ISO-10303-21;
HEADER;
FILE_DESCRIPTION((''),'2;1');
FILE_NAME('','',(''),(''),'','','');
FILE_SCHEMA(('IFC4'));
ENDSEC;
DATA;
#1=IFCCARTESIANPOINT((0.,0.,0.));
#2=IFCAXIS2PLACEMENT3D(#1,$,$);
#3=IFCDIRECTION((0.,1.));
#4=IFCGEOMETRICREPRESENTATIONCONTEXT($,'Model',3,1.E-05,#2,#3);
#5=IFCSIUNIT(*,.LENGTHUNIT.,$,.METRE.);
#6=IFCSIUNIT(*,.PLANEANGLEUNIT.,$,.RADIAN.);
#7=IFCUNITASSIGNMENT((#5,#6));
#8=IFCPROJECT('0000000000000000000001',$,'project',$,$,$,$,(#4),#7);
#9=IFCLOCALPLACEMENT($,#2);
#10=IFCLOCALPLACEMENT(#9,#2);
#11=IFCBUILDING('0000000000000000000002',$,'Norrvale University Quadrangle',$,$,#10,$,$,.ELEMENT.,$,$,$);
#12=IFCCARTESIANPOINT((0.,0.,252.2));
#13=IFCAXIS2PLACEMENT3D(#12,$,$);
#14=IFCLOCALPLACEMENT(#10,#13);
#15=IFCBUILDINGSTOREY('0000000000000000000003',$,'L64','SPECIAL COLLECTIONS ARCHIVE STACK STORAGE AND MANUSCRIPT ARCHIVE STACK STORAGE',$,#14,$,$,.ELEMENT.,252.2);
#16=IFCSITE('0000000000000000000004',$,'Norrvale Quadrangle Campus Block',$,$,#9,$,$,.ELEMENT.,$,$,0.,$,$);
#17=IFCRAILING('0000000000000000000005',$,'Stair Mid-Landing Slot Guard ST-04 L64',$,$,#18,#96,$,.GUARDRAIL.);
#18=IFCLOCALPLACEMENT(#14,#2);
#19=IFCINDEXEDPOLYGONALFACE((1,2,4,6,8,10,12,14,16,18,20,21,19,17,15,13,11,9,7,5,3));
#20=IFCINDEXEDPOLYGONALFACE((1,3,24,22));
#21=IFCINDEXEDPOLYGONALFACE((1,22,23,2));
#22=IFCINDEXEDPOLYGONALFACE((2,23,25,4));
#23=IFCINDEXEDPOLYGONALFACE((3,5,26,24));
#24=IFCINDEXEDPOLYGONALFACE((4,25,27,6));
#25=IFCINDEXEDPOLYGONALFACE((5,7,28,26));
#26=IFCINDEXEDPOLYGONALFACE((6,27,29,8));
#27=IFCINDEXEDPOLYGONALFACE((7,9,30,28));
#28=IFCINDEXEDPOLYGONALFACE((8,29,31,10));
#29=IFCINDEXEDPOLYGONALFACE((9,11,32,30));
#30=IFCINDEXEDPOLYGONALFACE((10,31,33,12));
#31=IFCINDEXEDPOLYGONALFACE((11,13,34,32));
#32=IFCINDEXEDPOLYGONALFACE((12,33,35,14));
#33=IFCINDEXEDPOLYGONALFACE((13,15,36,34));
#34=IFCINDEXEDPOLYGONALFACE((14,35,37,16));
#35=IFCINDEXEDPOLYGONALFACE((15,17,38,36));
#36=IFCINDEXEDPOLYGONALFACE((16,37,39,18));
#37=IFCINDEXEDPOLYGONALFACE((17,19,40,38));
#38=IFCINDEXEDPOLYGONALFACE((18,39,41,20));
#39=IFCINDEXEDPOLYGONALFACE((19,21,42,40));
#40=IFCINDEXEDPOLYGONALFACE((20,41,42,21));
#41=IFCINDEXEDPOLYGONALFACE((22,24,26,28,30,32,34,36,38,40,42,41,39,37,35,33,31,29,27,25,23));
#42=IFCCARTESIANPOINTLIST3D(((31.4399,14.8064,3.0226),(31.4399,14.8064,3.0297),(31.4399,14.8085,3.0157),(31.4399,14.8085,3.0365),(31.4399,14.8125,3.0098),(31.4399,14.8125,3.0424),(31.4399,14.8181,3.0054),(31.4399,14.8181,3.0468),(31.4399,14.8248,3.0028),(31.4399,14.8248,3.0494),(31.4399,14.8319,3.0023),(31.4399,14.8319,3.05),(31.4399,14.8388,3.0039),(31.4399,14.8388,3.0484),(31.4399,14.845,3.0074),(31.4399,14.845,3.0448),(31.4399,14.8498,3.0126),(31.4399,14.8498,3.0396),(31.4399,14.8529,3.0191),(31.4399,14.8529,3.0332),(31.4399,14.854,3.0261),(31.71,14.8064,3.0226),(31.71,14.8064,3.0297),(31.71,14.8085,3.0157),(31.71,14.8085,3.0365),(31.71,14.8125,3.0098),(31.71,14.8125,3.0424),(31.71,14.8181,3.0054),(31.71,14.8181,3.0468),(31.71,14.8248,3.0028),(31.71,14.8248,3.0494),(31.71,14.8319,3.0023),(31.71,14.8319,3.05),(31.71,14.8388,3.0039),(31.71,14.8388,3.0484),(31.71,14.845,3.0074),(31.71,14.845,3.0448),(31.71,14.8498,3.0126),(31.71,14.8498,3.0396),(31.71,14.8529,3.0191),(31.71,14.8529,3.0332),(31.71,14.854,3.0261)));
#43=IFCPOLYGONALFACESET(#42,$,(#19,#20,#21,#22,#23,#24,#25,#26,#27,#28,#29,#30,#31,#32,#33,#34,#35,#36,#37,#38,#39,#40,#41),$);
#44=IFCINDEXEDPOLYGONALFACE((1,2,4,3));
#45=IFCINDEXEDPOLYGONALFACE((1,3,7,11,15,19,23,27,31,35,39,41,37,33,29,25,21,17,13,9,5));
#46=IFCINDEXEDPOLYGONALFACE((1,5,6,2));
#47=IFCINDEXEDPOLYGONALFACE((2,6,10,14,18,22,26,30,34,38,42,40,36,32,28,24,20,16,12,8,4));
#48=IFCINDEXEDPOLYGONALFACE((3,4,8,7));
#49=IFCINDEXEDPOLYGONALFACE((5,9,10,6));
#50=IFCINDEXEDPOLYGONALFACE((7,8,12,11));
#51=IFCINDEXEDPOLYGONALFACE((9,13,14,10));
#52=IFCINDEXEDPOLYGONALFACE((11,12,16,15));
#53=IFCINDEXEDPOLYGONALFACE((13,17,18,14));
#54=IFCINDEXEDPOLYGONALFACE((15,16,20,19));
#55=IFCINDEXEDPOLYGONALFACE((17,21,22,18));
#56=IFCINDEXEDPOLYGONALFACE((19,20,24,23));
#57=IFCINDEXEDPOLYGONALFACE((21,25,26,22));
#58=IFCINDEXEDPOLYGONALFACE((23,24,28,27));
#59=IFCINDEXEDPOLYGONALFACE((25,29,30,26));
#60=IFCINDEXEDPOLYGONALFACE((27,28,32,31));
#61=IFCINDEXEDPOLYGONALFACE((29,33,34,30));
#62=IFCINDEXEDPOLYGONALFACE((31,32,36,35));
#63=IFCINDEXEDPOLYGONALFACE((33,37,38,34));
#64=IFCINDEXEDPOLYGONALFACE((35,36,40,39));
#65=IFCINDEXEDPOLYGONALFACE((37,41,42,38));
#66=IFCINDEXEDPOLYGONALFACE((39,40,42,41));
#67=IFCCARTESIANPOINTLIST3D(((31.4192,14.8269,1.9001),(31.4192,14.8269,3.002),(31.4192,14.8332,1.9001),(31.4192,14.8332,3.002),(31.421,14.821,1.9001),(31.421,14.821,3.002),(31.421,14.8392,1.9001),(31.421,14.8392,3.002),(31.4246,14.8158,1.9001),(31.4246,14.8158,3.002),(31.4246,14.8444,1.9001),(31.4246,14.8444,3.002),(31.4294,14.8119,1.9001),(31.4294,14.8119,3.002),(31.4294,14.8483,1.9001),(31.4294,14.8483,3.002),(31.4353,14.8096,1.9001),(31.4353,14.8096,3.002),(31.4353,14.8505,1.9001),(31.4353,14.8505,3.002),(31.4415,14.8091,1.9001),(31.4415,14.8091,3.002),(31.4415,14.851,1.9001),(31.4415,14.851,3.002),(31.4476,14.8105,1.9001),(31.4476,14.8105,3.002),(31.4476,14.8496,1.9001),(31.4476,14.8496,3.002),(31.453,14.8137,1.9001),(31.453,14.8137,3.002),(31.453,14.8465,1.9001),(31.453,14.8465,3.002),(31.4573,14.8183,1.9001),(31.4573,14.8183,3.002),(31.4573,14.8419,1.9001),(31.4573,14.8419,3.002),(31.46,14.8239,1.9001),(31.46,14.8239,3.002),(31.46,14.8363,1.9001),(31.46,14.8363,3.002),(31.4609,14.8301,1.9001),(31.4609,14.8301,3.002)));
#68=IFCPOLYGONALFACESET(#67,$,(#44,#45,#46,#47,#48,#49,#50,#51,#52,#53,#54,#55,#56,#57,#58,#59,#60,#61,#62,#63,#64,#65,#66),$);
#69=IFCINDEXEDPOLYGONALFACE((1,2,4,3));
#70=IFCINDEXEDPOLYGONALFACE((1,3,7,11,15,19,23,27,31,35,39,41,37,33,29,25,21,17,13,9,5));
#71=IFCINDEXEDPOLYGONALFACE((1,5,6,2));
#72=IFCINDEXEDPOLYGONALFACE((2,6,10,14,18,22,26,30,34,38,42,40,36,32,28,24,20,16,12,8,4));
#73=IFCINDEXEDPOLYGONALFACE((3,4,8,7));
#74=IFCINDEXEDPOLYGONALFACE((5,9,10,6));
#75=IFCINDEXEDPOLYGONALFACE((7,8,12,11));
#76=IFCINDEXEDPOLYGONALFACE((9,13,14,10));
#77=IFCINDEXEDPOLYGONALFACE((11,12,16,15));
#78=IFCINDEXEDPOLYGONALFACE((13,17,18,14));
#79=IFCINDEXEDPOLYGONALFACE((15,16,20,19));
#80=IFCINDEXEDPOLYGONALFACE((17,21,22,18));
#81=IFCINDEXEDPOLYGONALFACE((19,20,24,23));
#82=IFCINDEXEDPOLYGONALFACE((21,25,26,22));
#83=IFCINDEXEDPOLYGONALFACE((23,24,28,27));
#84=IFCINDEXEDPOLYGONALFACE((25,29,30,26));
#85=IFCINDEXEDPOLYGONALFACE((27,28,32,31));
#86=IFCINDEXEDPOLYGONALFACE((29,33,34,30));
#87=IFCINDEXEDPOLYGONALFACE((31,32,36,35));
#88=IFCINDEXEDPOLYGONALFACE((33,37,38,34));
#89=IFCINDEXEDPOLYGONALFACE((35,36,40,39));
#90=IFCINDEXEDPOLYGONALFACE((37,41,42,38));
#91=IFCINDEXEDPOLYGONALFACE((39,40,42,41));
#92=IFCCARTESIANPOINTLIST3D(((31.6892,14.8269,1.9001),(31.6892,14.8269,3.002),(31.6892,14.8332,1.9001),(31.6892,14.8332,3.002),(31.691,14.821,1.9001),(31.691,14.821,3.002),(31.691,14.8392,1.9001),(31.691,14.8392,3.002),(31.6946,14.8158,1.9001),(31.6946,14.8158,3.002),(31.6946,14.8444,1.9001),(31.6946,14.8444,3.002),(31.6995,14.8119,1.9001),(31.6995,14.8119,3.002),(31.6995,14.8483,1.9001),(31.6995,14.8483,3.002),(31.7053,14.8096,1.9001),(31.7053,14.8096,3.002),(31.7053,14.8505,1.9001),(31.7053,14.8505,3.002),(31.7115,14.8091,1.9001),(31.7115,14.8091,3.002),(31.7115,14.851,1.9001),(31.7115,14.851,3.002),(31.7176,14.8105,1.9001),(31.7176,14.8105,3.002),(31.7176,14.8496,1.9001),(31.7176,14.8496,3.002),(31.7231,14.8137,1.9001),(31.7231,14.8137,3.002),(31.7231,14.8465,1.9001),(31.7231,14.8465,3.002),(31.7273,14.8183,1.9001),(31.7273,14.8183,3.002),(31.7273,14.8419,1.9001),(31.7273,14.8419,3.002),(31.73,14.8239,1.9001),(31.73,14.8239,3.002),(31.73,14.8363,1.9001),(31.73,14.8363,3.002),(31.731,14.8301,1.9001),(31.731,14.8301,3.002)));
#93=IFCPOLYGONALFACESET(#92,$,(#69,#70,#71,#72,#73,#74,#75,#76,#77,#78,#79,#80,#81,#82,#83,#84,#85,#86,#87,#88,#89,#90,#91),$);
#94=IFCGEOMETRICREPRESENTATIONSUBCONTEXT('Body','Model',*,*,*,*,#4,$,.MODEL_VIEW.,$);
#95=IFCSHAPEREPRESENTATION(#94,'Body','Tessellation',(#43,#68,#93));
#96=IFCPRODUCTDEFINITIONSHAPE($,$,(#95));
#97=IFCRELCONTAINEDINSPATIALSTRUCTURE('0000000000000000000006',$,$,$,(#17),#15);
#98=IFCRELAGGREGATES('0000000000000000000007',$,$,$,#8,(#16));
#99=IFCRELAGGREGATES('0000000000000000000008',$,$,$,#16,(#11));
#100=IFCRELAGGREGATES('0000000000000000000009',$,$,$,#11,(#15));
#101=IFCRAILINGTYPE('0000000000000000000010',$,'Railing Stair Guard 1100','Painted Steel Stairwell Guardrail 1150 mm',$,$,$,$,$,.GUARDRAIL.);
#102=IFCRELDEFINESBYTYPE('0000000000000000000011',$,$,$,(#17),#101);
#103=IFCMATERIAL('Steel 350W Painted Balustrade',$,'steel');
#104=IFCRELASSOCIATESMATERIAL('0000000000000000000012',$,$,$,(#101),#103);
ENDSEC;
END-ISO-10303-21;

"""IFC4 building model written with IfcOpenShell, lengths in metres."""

from ifc_helpers import new_model, si_unit, direction, frame, origin, origin_2d, place, context, subcontext, project, spatial, circle, extrude, material, type_object, element, save


model = new_model("IFC4")

# Units and contexts
model_context = context("Model", 3, precision=1e-05, world=origin(), true_north=direction((0.0, 1.0)))
body_context = subcontext(model_context, "Body", "Model", "MODEL_VIEW")
ifc_project = project(units=[si_unit("LENGTHUNIT", "METRE"), si_unit("PLANEANGLEUNIT", "RADIAN")], contexts=[model_context])

# Site, building, storey
site_placement = place(None, origin())
site = spatial("IfcSite", under=ifc_project, at=site_placement, Name="Norrvale Quadrangle Campus Block", CompositionType="ELEMENT", RefElevation=0.0)
building_placement = place(site_placement, origin())
building = spatial("IfcBuilding", under=site, at=building_placement, Name="Norrvale University Quadrangle", CompositionType="ELEMENT")
storey_placement = place(building_placement, frame((0.0, 0.0, 252.2)))
storey = spatial("IfcBuildingStorey", under=building, at=storey_placement, Name="L64", Description="SPECIAL COLLECTIONS ARCHIVE STACK STORAGE AND MANUSCRIPT ARCHIVE STACK STORAGE", CompositionType="ELEMENT", Elevation=252.2)

# Railing
ifc_material_1 = material(Name="Steel 350W Painted Balustrade", Category="steel")
railing_type_1 = type_object("IfcRailingType", Name="Railing Stair Guard 1100", Description="Painted Steel Stairwell Guardrail 1150 mm", PredefinedType="GUARDRAIL", material=ifc_material_1)
for number, where, name in (
    (1, (31.4399, 14.8301, 1.9001), "Stair Mid-Landing Slot Guard ST-04 L64"),
):
    element("IfcRailing", number, at=place(storey_placement, frame(where)), inside=storey, type_object=railing_type_1, Name=name, PredefinedType="GUARDRAIL", context=body_context, shape_type="SweptSolid", body=[
        extrude(circle(Radius=0.0239, at=origin_2d()), frame((0.0, 0.0, 1.126), z_axis=(1.0, 0.0, 0.0), x_axis=(0.0, 1.0, 0.0)), (0.0, 0.0, 1.0), 0.27),
        extrude(circle(Radius=0.021, at=origin_2d()), origin(), (0.0, 0.0, 1.0), 1.1018),
        extrude(circle(Radius=0.021, at=origin_2d()), frame((0.27, 0.0, 0.0)), (0.0, 0.0, 1.0), 1.1018),
    ])

save(model, "model.ifc")
